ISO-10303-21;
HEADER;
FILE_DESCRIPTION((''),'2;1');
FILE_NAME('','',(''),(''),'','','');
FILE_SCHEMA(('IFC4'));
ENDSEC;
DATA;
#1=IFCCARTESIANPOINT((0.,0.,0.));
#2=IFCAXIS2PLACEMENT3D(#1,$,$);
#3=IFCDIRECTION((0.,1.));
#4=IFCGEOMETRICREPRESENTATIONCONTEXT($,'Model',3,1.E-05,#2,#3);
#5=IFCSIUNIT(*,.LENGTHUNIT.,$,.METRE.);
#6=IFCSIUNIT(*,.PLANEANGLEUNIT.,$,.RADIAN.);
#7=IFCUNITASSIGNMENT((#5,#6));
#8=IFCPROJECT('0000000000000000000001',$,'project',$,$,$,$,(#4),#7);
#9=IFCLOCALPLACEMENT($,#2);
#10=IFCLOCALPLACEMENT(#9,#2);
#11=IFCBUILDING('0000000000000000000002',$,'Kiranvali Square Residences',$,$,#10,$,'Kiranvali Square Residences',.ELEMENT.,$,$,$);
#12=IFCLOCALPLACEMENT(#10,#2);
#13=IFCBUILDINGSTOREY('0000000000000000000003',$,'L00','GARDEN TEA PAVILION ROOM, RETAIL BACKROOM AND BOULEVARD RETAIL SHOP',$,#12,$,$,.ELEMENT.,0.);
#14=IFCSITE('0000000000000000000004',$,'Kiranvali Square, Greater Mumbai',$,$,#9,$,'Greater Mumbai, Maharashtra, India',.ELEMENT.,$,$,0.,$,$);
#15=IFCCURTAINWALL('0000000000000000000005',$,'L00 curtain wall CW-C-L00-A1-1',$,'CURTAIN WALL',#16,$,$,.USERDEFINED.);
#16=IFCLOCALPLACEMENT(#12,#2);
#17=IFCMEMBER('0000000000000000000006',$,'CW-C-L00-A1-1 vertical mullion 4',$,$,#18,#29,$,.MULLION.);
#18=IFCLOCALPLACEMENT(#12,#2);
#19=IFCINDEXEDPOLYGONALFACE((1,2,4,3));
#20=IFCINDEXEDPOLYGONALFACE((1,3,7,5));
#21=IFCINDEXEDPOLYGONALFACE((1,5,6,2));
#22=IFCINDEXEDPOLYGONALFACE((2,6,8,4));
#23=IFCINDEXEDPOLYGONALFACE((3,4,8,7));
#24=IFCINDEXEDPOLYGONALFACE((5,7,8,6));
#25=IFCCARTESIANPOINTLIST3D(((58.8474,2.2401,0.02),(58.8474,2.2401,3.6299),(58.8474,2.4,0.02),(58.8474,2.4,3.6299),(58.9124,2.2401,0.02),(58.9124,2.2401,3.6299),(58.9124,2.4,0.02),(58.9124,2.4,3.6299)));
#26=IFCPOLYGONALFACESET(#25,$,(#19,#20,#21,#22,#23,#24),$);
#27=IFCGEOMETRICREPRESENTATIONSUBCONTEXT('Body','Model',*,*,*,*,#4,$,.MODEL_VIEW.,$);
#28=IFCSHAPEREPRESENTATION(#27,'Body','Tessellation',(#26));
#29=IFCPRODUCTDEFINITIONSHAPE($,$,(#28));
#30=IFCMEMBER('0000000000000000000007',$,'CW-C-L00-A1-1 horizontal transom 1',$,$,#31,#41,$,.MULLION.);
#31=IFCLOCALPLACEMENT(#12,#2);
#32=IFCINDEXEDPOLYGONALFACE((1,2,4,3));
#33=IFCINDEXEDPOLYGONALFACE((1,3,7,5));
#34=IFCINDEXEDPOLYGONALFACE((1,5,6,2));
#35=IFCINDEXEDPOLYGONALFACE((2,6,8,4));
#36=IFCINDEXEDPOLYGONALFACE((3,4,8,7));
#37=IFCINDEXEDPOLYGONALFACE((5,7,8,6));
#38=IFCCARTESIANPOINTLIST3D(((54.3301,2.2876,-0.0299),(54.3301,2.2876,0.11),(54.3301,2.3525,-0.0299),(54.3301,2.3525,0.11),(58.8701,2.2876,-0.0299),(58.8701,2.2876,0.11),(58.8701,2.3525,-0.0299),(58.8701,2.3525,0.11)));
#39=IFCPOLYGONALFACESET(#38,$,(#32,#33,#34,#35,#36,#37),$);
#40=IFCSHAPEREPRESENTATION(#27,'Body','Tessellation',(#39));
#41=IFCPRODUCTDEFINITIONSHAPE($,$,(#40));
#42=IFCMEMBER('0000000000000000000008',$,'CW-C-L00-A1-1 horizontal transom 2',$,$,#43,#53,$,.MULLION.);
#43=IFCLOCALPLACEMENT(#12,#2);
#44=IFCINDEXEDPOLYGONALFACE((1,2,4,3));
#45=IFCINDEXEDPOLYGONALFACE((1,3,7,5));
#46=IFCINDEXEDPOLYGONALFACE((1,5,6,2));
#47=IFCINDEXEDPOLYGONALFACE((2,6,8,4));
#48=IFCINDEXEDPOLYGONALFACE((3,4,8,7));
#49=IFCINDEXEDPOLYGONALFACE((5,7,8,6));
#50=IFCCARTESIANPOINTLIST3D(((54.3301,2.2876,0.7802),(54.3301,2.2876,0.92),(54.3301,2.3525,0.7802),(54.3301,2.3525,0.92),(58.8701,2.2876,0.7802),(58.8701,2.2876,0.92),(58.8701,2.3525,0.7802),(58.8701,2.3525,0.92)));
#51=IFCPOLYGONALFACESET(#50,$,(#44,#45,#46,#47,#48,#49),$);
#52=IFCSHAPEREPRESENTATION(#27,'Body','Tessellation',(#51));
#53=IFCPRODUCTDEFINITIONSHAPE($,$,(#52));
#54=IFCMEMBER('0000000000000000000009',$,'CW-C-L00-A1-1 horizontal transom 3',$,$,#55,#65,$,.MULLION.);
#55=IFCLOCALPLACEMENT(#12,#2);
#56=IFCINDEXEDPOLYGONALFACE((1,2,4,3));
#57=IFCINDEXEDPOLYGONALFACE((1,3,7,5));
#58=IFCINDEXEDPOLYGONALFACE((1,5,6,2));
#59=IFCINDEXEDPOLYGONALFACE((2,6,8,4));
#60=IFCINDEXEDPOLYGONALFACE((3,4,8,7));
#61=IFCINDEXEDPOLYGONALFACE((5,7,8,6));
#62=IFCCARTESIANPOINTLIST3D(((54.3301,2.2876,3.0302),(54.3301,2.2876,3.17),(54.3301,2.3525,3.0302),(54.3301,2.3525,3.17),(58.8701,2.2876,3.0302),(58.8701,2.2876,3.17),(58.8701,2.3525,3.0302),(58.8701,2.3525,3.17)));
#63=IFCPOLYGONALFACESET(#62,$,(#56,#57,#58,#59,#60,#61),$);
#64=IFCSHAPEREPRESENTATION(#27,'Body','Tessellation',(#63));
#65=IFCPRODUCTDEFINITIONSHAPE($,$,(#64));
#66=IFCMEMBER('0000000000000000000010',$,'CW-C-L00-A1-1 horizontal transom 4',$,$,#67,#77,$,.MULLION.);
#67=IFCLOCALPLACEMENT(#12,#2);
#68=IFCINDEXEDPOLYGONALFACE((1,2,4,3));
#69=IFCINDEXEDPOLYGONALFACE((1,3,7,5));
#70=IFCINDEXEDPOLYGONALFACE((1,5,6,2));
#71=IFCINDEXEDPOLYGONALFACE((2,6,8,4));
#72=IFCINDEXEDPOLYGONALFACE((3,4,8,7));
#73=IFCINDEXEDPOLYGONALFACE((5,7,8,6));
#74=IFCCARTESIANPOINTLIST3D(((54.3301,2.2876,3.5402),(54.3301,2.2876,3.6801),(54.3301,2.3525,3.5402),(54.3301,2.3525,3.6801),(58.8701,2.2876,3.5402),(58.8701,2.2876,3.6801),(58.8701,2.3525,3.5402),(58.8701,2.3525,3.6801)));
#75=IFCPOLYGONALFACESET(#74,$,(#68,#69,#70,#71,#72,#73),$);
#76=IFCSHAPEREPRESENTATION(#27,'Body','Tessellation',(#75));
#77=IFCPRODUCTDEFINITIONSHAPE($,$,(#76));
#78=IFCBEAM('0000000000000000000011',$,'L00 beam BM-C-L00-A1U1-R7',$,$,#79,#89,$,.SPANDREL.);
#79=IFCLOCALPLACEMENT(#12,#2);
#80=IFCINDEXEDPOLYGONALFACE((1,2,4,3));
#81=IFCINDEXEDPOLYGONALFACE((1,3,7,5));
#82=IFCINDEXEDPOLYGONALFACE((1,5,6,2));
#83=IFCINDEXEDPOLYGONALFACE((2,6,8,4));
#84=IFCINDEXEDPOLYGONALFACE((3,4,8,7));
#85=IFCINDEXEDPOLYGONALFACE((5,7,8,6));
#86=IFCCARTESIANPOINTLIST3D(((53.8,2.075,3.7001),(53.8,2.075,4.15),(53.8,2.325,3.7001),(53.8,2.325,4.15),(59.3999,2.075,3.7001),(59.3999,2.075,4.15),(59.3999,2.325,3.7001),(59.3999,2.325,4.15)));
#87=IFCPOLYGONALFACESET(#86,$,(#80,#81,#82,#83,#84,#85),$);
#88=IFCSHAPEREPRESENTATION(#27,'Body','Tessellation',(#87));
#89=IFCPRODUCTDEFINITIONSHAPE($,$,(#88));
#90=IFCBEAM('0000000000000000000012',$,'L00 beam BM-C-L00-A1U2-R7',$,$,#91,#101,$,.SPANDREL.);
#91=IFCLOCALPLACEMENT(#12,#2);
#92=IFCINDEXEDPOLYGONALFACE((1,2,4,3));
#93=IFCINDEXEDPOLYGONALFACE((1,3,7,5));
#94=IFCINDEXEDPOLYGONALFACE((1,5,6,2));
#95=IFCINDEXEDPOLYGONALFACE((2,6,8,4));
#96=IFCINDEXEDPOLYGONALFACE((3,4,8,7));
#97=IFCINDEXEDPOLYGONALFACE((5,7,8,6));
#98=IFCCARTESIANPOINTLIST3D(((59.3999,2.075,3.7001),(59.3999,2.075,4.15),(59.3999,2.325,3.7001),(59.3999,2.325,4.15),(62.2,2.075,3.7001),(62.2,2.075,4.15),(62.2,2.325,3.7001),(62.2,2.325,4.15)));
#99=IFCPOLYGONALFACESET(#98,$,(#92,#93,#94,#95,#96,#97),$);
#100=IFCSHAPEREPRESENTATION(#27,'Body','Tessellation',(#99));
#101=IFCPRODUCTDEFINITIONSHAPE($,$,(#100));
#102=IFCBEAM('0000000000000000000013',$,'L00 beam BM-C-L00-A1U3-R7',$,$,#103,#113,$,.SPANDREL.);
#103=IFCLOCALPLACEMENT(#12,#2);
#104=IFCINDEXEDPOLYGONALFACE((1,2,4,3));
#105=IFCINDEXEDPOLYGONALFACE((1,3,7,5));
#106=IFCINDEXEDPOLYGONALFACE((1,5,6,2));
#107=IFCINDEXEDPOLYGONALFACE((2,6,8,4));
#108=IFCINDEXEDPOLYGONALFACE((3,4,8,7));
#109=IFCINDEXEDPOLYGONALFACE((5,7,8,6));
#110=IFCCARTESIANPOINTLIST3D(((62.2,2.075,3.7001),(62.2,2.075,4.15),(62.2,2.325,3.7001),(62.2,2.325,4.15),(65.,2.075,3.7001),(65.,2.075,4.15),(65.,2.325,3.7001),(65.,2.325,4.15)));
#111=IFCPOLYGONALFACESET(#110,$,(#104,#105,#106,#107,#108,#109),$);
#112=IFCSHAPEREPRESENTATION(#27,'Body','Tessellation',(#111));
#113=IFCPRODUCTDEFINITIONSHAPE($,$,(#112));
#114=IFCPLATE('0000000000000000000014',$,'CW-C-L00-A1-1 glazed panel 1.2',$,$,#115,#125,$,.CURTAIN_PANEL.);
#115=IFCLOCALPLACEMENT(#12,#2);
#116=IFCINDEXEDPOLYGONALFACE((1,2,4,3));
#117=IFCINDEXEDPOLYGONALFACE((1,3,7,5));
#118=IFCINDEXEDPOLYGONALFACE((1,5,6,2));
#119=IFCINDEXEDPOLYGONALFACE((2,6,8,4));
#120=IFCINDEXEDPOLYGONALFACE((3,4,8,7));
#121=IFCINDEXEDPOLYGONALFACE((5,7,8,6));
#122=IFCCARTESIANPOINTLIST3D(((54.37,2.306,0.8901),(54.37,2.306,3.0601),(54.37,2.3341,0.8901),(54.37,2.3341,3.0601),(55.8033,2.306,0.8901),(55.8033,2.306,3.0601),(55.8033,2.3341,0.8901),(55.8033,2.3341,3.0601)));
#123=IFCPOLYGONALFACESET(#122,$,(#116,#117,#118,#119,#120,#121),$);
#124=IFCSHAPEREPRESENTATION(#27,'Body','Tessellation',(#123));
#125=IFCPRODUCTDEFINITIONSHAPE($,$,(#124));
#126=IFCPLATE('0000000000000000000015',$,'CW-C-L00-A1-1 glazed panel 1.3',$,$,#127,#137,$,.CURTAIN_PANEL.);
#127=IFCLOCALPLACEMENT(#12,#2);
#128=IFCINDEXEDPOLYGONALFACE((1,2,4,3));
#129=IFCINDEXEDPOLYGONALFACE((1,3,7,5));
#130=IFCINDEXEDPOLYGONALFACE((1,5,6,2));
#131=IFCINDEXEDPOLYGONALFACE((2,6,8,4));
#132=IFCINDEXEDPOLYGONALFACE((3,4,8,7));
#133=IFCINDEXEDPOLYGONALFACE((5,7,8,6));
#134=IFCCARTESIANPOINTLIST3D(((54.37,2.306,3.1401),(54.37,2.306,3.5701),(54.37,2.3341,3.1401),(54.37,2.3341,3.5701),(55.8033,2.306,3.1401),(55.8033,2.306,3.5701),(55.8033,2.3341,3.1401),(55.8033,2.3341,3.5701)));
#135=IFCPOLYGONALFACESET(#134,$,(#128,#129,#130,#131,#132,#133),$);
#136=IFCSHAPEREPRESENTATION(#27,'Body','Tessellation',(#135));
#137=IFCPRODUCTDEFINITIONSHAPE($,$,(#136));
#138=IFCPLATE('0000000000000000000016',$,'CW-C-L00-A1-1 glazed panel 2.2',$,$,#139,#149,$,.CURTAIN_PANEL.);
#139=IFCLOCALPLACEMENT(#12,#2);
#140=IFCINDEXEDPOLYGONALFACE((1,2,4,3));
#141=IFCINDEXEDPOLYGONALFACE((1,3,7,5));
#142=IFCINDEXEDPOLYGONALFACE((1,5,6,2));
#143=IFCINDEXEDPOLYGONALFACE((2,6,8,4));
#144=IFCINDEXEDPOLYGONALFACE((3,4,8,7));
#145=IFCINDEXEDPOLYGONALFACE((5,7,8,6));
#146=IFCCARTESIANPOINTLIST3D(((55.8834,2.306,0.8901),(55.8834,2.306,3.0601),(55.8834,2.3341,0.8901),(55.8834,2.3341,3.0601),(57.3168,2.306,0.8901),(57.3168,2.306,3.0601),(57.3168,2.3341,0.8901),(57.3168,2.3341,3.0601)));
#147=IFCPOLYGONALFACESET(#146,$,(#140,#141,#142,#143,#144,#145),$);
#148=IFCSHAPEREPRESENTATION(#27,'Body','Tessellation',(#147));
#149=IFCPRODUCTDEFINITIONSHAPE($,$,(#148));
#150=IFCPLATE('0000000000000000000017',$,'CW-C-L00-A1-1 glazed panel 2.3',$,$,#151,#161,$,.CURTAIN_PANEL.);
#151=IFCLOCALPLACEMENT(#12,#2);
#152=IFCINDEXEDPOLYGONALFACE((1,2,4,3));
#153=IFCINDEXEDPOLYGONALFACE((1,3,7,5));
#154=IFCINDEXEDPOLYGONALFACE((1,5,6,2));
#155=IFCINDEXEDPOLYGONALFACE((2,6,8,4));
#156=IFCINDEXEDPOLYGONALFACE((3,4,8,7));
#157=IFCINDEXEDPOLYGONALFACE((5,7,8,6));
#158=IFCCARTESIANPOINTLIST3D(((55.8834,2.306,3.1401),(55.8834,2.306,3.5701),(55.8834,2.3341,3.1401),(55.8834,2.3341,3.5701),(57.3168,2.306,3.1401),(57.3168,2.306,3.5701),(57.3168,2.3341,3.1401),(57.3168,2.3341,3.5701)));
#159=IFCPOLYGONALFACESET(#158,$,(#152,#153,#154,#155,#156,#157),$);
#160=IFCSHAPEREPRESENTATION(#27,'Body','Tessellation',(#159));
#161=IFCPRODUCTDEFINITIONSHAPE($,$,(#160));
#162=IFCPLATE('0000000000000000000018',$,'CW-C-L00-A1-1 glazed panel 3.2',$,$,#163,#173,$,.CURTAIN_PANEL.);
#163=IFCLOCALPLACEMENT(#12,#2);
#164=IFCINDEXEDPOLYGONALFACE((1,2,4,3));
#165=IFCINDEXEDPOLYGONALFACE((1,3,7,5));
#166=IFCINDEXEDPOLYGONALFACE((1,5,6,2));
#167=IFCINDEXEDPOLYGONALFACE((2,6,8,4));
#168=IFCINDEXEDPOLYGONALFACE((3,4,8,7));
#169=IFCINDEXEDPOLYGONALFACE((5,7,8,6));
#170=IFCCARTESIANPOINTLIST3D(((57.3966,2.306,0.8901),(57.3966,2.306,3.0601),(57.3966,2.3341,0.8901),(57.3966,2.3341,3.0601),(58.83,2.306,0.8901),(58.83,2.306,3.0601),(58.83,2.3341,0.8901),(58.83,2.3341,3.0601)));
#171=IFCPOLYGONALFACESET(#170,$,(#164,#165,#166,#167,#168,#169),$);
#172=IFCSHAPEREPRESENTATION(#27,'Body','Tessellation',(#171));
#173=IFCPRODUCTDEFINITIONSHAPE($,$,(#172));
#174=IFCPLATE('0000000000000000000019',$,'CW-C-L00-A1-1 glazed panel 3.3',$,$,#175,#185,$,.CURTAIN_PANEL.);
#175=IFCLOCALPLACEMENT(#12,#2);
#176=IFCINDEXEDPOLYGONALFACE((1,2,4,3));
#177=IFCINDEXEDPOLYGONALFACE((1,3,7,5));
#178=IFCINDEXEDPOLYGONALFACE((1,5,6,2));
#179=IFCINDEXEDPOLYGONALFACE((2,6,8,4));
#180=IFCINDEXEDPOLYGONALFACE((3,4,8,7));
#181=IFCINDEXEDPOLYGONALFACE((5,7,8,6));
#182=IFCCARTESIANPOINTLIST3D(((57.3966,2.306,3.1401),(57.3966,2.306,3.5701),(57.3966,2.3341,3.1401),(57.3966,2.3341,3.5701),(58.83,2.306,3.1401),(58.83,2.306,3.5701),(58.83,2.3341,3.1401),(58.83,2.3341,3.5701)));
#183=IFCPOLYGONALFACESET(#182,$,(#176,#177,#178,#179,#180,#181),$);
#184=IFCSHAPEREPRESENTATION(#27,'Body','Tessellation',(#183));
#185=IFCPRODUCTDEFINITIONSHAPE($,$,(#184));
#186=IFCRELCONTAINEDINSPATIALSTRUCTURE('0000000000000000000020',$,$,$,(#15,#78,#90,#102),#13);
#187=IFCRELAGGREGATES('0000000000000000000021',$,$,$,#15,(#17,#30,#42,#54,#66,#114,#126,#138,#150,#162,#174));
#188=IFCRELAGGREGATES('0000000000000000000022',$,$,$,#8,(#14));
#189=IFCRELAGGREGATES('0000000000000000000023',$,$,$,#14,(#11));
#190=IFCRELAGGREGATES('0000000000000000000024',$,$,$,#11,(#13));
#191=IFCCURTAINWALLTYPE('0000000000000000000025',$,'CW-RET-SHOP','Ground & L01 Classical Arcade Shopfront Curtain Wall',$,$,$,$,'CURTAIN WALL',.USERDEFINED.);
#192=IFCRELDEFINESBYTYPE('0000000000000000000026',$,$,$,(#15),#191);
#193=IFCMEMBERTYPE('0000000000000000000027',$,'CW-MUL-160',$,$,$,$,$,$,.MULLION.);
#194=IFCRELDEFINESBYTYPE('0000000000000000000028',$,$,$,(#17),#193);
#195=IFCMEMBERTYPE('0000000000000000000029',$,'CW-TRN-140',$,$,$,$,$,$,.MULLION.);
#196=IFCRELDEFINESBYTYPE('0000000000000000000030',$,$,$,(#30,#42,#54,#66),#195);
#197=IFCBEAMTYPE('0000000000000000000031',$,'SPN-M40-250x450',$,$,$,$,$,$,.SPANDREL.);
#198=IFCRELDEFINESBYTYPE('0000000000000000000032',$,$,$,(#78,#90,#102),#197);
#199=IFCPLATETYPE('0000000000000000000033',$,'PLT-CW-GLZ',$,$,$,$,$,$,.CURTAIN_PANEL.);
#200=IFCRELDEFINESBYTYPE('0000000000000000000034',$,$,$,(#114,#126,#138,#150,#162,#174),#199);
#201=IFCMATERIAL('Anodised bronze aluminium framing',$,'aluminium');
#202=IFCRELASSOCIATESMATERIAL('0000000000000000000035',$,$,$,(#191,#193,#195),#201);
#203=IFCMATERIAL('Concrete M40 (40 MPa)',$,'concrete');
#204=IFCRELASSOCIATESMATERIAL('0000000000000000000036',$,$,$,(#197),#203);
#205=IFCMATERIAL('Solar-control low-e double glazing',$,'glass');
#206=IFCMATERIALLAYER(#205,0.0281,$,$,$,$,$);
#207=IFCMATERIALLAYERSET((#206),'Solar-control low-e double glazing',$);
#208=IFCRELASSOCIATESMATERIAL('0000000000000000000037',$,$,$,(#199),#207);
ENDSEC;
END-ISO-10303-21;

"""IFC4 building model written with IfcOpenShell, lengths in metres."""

from ifc_helpers import new_model, si_unit, direction, frame, origin, origin_2d, place, context, subcontext, project, spatial, rectangle, extrude, material, layer, layer_set, material_profile, profile_set, type_object, element, aggregate, save


model = new_model("IFC4")

# Units and contexts
model_context = context("Model", 3, precision=1e-05, world=origin(), true_north=direction((0.0, 1.0)))
body_context = subcontext(model_context, "Body", "Model", "MODEL_VIEW")
ifc_project = project(units=[si_unit("LENGTHUNIT", "METRE"), si_unit("PLANEANGLEUNIT", "RADIAN")], contexts=[model_context])

# Site, building, storey
site_placement = place(None, origin())
site = spatial("IfcSite", under=ifc_project, at=site_placement, Name="Kiranvali Square, Greater Mumbai", LongName="Greater Mumbai, Maharashtra, India", CompositionType="ELEMENT", RefElevation=0.0)
building_placement = place(site_placement, origin())
building = spatial("IfcBuilding", under=site, at=building_placement, Name="Kiranvali Square Residences", LongName="Kiranvali Square Residences", CompositionType="ELEMENT")
storey_placement = place(building_placement, origin())
storey = spatial("IfcBuildingStorey", under=building, at=storey_placement, Name="L00", Description="GARDEN TEA PAVILION ROOM, RETAIL BACKROOM AND BOULEVARD RETAIL SHOP", CompositionType="ELEMENT", Elevation=0.0)

# Shared definitions
ifc_material_1 = material(Name="Concrete M40 (40 MPa)", Category="concrete")

# Curtain wall, members
ifc_material_2 = material(Name="Anodised bronze aluminium framing", Category="aluminium")
curtain_wall_type = type_object("IfcCurtainWallType", Name="CW-RET-SHOP", Description="Ground & L01 Classical Arcade Shopfront Curtain Wall", ElementType="CURTAIN WALL", PredefinedType="USERDEFINED", material=ifc_material_2)
curtain_wall_placement = place(storey_placement, origin())
curtain_wall = element("IfcCurtainWall", 1, at=curtain_wall_placement, inside=storey, type_object=curtain_wall_type, Name="L00 curtain wall CW-C-L00-A1-1", ObjectType="CURTAIN WALL", PredefinedType="USERDEFINED")
ifc_material_profile_1 = material_profile(ifc_material_2, rectangle(XDim=0.0649, YDim=0.1599, at=origin_2d()), Name="ALU 65x160")
ifc_profile_set_1 = profile_set([ifc_material_profile_1], Name="Anodised bronze aluminium framing")
member_type_1 = type_object("IfcMemberType", Name="CW-MUL-160", PredefinedType="MULLION", material=ifc_profile_set_1)
member_1_placement = place(storey_placement, frame((58.8799, 2.3201, 0.02), z_axis=(0.0, 0.0, 1.0), x_axis=(1.0, 0.0, 0.0)))
member_1 = element("IfcMember", 2, at=member_1_placement, type_object=member_type_1, Name="CW-C-L00-A1-1 vertical mullion 4", PredefinedType="MULLION", context=body_context, shape_type="SweptSolid", body=[
    extrude(rectangle(XDim=0.0649, YDim=0.1599, at=origin_2d()), origin(), (0.0, 0.0, 1.0), 3.6099),
])
ifc_material_profile_2 = material_profile(ifc_material_2, rectangle(XDim=0.0649, YDim=0.1399, at=origin_2d()), Name="ALU 65x140")
ifc_profile_set_2 = profile_set([ifc_material_profile_2], Name="Anodised bronze aluminium framing")
member_type_2 = type_object("IfcMemberType", Name="CW-TRN-140", PredefinedType="MULLION", material=ifc_profile_set_2)
member_2_placement = place(storey_placement, frame((54.3301, 2.3201, 0.04), z_axis=(1.0, 0.0, 0.0), x_axis=(0.0, 1.0, 0.0)))
member_2 = element("IfcMember", 3, at=member_2_placement, type_object=member_type_2, Name="CW-C-L00-A1-1 horizontal transom 1", PredefinedType="MULLION", context=body_context, shape_type="SweptSolid", body=[
    extrude(rectangle(XDim=0.0649, YDim=0.1399, at=origin_2d()), origin(), (0.0, 0.0, 1.0), 4.54),
])
member_3_placement = place(storey_placement, frame((54.3301, 2.3201, 0.8501), z_axis=(1.0, 0.0, 0.0), x_axis=(0.0, 1.0, 0.0)))
member_3 = element("IfcMember", 4, at=member_3_placement, type_object=member_type_2, Name="CW-C-L00-A1-1 horizontal transom 2", PredefinedType="MULLION", context=body_context, shape_type="SweptSolid", body=[
    extrude(rectangle(XDim=0.0649, YDim=0.1399, at=origin_2d()), origin(), (0.0, 0.0, 1.0), 4.54),
])
member_4_placement = place(storey_placement, frame((54.3301, 2.3201, 3.1001), z_axis=(1.0, 0.0, 0.0), x_axis=(0.0, 1.0, 0.0)))
member_4 = element("IfcMember", 5, at=member_4_placement, type_object=member_type_2, Name="CW-C-L00-A1-1 horizontal transom 3", PredefinedType="MULLION", context=body_context, shape_type="SweptSolid", body=[
    extrude(rectangle(XDim=0.0649, YDim=0.1399, at=origin_2d()), origin(), (0.0, 0.0, 1.0), 4.54),
])
member_5_placement = place(storey_placement, frame((54.3301, 2.3201, 3.6101), z_axis=(1.0, 0.0, 0.0), x_axis=(0.0, 1.0, 0.0)))
member_5 = element("IfcMember", 6, at=member_5_placement, type_object=member_type_2, Name="CW-C-L00-A1-1 horizontal transom 4", PredefinedType="MULLION", context=body_context, shape_type="SweptSolid", body=[
    extrude(rectangle(XDim=0.0649, YDim=0.1399, at=origin_2d()), origin(), (0.0, 0.0, 1.0), 4.54),
])

# Beams
ifc_material_profile_3 = material_profile(ifc_material_1, rectangle(XDim=0.25, YDim=0.45, at=origin_2d()), Name="RC 250x450")
ifc_profile_set_3 = profile_set([ifc_material_profile_3], Name="Concrete M40 (40 MPa)")
beam_type_1 = type_object("IfcBeamType", Name="SPN-M40-250x450", PredefinedType="SPANDREL", material=ifc_profile_set_3)
beam_placement = place(storey_placement, frame((53.8, 2.2, 3.925), z_axis=(1.0, 0.0, 0.0), x_axis=(0.0, 1.0, 0.0)))
element("IfcBeam", 7, at=beam_placement, inside=storey, type_object=beam_type_1, Name="L00 beam BM-C-L00-A1U1-R7", PredefinedType="SPANDREL", context=body_context, shape_type="SweptSolid", body=[
    extrude(rectangle(XDim=0.25, YDim=0.45, at=origin_2d()), origin(), (0.0, 0.0, 1.0), 5.5999),
])
for number, where, z_axis, x_axis, name in (
    (8, (59.3999, 2.2, 3.925), (1.0, 0.0, 0.0), (0.0, 1.0, 0.0), "L00 beam BM-C-L00-A1U2-R7"),
    (9, (62.2, 2.2, 3.925), (1.0, 0.0, 0.0), (0.0, 1.0, 0.0), "L00 beam BM-C-L00-A1U3-R7"),
):
    element("IfcBeam", number, at=place(storey_placement, frame(where, z_axis=z_axis, x_axis=x_axis)), inside=storey, type_object=beam_type_1, Name=name, PredefinedType="SPANDREL", context=body_context, shape_type="SweptSolid", body=[
        extrude(rectangle(XDim=0.25, YDim=0.45, at=origin_2d()), origin(), (0.0, 0.0, 1.0), 2.8),
    ])

# Plates
ifc_material_3 = material(Name="Solar-control low-e double glazing", Category="glass")
ifc_layer_1 = layer(ifc_material_3, 0.0281)
ifc_layer_set_1 = layer_set([ifc_layer_1], Name="Solar-control low-e double glazing")
plate_type_1 = type_object("IfcPlateType", Name="PLT-CW-GLZ", PredefinedType="CURTAIN_PANEL", material=ifc_layer_set_1)
plate_1_placement = place(storey_placement, frame((55.0867, 2.3201, 0.8901), z_axis=(0.0, 0.0, 1.0), x_axis=(1.0, 0.0, 0.0)))
plate_1 = element("IfcPlate", 10, at=plate_1_placement, type_object=plate_type_1, Name="CW-C-L00-A1-1 glazed panel 1.2", PredefinedType="CURTAIN_PANEL", context=body_context, shape_type="SweptSolid", body=[
    extrude(rectangle(XDim=1.4333, YDim=0.0281, at=origin_2d()), origin(), (0.0, 0.0, 1.0), 2.1699),
])
plate_2_placement = place(storey_placement, frame((55.0867, 2.3201, 3.1401), z_axis=(0.0, 0.0, 1.0), x_axis=(1.0, 0.0, 0.0)))
plate_2 = element("IfcPlate", 11, at=plate_2_placement, type_object=plate_type_1, Name="CW-C-L00-A1-1 glazed panel 1.3", PredefinedType="CURTAIN_PANEL", context=body_context, shape_type="SweptSolid", body=[
    extrude(rectangle(XDim=1.4333, YDim=0.0281, at=origin_2d()), origin(), (0.0, 0.0, 1.0), 0.4299),
])
plate_3_placement = place(storey_placement, frame((56.6001, 2.3201, 0.8901), z_axis=(0.0, 0.0, 1.0), x_axis=(1.0, 0.0, 0.0)))
plate_3 = element("IfcPlate", 12, at=plate_3_placement, type_object=plate_type_1, Name="CW-C-L00-A1-1 glazed panel 2.2", PredefinedType="CURTAIN_PANEL", context=body_context, shape_type="SweptSolid", body=[
    extrude(rectangle(XDim=1.4333, YDim=0.0281, at=origin_2d()), origin(), (0.0, 0.0, 1.0), 2.1699),
])
plate_4_placement = place(storey_placement, frame((56.6001, 2.3201, 3.1401), z_axis=(0.0, 0.0, 1.0), x_axis=(1.0, 0.0, 0.0)))
plate_4 = element("IfcPlate", 13, at=plate_4_placement, type_object=plate_type_1, Name="CW-C-L00-A1-1 glazed panel 2.3", PredefinedType="CURTAIN_PANEL", context=body_context, shape_type="SweptSolid", body=[
    extrude(rectangle(XDim=1.4333, YDim=0.0281, at=origin_2d()), origin(), (0.0, 0.0, 1.0), 0.4299),
])
plate_5_placement = place(storey_placement, frame((58.1133, 2.3201, 0.8901), z_axis=(0.0, 0.0, 1.0), x_axis=(1.0, 0.0, 0.0)))
plate_5 = element("IfcPlate", 14, at=plate_5_placement, type_object=plate_type_1, Name="CW-C-L00-A1-1 glazed panel 3.2", PredefinedType="CURTAIN_PANEL", context=body_context, shape_type="SweptSolid", body=[
    extrude(rectangle(XDim=1.4333, YDim=0.0281, at=origin_2d()), origin(), (0.0, 0.0, 1.0), 2.1699),
])
plate_6_placement = place(storey_placement, frame((58.1133, 2.3201, 3.1401), z_axis=(0.0, 0.0, 1.0), x_axis=(1.0, 0.0, 0.0)))
plate_6 = element("IfcPlate", 15, at=plate_6_placement, type_object=plate_type_1, Name="CW-C-L00-A1-1 glazed panel 3.3", PredefinedType="CURTAIN_PANEL", context=body_context, shape_type="SweptSolid", body=[
    extrude(rectangle(XDim=1.4333, YDim=0.0281, at=origin_2d()), origin(), (0.0, 0.0, 1.0), 0.4299),
])
aggregate(curtain_wall, [member_1, member_2, member_3, member_4, member_5, plate_1, plate_2, plate_3, plate_4, plate_5, plate_6])

save(model, "model.ifc")
